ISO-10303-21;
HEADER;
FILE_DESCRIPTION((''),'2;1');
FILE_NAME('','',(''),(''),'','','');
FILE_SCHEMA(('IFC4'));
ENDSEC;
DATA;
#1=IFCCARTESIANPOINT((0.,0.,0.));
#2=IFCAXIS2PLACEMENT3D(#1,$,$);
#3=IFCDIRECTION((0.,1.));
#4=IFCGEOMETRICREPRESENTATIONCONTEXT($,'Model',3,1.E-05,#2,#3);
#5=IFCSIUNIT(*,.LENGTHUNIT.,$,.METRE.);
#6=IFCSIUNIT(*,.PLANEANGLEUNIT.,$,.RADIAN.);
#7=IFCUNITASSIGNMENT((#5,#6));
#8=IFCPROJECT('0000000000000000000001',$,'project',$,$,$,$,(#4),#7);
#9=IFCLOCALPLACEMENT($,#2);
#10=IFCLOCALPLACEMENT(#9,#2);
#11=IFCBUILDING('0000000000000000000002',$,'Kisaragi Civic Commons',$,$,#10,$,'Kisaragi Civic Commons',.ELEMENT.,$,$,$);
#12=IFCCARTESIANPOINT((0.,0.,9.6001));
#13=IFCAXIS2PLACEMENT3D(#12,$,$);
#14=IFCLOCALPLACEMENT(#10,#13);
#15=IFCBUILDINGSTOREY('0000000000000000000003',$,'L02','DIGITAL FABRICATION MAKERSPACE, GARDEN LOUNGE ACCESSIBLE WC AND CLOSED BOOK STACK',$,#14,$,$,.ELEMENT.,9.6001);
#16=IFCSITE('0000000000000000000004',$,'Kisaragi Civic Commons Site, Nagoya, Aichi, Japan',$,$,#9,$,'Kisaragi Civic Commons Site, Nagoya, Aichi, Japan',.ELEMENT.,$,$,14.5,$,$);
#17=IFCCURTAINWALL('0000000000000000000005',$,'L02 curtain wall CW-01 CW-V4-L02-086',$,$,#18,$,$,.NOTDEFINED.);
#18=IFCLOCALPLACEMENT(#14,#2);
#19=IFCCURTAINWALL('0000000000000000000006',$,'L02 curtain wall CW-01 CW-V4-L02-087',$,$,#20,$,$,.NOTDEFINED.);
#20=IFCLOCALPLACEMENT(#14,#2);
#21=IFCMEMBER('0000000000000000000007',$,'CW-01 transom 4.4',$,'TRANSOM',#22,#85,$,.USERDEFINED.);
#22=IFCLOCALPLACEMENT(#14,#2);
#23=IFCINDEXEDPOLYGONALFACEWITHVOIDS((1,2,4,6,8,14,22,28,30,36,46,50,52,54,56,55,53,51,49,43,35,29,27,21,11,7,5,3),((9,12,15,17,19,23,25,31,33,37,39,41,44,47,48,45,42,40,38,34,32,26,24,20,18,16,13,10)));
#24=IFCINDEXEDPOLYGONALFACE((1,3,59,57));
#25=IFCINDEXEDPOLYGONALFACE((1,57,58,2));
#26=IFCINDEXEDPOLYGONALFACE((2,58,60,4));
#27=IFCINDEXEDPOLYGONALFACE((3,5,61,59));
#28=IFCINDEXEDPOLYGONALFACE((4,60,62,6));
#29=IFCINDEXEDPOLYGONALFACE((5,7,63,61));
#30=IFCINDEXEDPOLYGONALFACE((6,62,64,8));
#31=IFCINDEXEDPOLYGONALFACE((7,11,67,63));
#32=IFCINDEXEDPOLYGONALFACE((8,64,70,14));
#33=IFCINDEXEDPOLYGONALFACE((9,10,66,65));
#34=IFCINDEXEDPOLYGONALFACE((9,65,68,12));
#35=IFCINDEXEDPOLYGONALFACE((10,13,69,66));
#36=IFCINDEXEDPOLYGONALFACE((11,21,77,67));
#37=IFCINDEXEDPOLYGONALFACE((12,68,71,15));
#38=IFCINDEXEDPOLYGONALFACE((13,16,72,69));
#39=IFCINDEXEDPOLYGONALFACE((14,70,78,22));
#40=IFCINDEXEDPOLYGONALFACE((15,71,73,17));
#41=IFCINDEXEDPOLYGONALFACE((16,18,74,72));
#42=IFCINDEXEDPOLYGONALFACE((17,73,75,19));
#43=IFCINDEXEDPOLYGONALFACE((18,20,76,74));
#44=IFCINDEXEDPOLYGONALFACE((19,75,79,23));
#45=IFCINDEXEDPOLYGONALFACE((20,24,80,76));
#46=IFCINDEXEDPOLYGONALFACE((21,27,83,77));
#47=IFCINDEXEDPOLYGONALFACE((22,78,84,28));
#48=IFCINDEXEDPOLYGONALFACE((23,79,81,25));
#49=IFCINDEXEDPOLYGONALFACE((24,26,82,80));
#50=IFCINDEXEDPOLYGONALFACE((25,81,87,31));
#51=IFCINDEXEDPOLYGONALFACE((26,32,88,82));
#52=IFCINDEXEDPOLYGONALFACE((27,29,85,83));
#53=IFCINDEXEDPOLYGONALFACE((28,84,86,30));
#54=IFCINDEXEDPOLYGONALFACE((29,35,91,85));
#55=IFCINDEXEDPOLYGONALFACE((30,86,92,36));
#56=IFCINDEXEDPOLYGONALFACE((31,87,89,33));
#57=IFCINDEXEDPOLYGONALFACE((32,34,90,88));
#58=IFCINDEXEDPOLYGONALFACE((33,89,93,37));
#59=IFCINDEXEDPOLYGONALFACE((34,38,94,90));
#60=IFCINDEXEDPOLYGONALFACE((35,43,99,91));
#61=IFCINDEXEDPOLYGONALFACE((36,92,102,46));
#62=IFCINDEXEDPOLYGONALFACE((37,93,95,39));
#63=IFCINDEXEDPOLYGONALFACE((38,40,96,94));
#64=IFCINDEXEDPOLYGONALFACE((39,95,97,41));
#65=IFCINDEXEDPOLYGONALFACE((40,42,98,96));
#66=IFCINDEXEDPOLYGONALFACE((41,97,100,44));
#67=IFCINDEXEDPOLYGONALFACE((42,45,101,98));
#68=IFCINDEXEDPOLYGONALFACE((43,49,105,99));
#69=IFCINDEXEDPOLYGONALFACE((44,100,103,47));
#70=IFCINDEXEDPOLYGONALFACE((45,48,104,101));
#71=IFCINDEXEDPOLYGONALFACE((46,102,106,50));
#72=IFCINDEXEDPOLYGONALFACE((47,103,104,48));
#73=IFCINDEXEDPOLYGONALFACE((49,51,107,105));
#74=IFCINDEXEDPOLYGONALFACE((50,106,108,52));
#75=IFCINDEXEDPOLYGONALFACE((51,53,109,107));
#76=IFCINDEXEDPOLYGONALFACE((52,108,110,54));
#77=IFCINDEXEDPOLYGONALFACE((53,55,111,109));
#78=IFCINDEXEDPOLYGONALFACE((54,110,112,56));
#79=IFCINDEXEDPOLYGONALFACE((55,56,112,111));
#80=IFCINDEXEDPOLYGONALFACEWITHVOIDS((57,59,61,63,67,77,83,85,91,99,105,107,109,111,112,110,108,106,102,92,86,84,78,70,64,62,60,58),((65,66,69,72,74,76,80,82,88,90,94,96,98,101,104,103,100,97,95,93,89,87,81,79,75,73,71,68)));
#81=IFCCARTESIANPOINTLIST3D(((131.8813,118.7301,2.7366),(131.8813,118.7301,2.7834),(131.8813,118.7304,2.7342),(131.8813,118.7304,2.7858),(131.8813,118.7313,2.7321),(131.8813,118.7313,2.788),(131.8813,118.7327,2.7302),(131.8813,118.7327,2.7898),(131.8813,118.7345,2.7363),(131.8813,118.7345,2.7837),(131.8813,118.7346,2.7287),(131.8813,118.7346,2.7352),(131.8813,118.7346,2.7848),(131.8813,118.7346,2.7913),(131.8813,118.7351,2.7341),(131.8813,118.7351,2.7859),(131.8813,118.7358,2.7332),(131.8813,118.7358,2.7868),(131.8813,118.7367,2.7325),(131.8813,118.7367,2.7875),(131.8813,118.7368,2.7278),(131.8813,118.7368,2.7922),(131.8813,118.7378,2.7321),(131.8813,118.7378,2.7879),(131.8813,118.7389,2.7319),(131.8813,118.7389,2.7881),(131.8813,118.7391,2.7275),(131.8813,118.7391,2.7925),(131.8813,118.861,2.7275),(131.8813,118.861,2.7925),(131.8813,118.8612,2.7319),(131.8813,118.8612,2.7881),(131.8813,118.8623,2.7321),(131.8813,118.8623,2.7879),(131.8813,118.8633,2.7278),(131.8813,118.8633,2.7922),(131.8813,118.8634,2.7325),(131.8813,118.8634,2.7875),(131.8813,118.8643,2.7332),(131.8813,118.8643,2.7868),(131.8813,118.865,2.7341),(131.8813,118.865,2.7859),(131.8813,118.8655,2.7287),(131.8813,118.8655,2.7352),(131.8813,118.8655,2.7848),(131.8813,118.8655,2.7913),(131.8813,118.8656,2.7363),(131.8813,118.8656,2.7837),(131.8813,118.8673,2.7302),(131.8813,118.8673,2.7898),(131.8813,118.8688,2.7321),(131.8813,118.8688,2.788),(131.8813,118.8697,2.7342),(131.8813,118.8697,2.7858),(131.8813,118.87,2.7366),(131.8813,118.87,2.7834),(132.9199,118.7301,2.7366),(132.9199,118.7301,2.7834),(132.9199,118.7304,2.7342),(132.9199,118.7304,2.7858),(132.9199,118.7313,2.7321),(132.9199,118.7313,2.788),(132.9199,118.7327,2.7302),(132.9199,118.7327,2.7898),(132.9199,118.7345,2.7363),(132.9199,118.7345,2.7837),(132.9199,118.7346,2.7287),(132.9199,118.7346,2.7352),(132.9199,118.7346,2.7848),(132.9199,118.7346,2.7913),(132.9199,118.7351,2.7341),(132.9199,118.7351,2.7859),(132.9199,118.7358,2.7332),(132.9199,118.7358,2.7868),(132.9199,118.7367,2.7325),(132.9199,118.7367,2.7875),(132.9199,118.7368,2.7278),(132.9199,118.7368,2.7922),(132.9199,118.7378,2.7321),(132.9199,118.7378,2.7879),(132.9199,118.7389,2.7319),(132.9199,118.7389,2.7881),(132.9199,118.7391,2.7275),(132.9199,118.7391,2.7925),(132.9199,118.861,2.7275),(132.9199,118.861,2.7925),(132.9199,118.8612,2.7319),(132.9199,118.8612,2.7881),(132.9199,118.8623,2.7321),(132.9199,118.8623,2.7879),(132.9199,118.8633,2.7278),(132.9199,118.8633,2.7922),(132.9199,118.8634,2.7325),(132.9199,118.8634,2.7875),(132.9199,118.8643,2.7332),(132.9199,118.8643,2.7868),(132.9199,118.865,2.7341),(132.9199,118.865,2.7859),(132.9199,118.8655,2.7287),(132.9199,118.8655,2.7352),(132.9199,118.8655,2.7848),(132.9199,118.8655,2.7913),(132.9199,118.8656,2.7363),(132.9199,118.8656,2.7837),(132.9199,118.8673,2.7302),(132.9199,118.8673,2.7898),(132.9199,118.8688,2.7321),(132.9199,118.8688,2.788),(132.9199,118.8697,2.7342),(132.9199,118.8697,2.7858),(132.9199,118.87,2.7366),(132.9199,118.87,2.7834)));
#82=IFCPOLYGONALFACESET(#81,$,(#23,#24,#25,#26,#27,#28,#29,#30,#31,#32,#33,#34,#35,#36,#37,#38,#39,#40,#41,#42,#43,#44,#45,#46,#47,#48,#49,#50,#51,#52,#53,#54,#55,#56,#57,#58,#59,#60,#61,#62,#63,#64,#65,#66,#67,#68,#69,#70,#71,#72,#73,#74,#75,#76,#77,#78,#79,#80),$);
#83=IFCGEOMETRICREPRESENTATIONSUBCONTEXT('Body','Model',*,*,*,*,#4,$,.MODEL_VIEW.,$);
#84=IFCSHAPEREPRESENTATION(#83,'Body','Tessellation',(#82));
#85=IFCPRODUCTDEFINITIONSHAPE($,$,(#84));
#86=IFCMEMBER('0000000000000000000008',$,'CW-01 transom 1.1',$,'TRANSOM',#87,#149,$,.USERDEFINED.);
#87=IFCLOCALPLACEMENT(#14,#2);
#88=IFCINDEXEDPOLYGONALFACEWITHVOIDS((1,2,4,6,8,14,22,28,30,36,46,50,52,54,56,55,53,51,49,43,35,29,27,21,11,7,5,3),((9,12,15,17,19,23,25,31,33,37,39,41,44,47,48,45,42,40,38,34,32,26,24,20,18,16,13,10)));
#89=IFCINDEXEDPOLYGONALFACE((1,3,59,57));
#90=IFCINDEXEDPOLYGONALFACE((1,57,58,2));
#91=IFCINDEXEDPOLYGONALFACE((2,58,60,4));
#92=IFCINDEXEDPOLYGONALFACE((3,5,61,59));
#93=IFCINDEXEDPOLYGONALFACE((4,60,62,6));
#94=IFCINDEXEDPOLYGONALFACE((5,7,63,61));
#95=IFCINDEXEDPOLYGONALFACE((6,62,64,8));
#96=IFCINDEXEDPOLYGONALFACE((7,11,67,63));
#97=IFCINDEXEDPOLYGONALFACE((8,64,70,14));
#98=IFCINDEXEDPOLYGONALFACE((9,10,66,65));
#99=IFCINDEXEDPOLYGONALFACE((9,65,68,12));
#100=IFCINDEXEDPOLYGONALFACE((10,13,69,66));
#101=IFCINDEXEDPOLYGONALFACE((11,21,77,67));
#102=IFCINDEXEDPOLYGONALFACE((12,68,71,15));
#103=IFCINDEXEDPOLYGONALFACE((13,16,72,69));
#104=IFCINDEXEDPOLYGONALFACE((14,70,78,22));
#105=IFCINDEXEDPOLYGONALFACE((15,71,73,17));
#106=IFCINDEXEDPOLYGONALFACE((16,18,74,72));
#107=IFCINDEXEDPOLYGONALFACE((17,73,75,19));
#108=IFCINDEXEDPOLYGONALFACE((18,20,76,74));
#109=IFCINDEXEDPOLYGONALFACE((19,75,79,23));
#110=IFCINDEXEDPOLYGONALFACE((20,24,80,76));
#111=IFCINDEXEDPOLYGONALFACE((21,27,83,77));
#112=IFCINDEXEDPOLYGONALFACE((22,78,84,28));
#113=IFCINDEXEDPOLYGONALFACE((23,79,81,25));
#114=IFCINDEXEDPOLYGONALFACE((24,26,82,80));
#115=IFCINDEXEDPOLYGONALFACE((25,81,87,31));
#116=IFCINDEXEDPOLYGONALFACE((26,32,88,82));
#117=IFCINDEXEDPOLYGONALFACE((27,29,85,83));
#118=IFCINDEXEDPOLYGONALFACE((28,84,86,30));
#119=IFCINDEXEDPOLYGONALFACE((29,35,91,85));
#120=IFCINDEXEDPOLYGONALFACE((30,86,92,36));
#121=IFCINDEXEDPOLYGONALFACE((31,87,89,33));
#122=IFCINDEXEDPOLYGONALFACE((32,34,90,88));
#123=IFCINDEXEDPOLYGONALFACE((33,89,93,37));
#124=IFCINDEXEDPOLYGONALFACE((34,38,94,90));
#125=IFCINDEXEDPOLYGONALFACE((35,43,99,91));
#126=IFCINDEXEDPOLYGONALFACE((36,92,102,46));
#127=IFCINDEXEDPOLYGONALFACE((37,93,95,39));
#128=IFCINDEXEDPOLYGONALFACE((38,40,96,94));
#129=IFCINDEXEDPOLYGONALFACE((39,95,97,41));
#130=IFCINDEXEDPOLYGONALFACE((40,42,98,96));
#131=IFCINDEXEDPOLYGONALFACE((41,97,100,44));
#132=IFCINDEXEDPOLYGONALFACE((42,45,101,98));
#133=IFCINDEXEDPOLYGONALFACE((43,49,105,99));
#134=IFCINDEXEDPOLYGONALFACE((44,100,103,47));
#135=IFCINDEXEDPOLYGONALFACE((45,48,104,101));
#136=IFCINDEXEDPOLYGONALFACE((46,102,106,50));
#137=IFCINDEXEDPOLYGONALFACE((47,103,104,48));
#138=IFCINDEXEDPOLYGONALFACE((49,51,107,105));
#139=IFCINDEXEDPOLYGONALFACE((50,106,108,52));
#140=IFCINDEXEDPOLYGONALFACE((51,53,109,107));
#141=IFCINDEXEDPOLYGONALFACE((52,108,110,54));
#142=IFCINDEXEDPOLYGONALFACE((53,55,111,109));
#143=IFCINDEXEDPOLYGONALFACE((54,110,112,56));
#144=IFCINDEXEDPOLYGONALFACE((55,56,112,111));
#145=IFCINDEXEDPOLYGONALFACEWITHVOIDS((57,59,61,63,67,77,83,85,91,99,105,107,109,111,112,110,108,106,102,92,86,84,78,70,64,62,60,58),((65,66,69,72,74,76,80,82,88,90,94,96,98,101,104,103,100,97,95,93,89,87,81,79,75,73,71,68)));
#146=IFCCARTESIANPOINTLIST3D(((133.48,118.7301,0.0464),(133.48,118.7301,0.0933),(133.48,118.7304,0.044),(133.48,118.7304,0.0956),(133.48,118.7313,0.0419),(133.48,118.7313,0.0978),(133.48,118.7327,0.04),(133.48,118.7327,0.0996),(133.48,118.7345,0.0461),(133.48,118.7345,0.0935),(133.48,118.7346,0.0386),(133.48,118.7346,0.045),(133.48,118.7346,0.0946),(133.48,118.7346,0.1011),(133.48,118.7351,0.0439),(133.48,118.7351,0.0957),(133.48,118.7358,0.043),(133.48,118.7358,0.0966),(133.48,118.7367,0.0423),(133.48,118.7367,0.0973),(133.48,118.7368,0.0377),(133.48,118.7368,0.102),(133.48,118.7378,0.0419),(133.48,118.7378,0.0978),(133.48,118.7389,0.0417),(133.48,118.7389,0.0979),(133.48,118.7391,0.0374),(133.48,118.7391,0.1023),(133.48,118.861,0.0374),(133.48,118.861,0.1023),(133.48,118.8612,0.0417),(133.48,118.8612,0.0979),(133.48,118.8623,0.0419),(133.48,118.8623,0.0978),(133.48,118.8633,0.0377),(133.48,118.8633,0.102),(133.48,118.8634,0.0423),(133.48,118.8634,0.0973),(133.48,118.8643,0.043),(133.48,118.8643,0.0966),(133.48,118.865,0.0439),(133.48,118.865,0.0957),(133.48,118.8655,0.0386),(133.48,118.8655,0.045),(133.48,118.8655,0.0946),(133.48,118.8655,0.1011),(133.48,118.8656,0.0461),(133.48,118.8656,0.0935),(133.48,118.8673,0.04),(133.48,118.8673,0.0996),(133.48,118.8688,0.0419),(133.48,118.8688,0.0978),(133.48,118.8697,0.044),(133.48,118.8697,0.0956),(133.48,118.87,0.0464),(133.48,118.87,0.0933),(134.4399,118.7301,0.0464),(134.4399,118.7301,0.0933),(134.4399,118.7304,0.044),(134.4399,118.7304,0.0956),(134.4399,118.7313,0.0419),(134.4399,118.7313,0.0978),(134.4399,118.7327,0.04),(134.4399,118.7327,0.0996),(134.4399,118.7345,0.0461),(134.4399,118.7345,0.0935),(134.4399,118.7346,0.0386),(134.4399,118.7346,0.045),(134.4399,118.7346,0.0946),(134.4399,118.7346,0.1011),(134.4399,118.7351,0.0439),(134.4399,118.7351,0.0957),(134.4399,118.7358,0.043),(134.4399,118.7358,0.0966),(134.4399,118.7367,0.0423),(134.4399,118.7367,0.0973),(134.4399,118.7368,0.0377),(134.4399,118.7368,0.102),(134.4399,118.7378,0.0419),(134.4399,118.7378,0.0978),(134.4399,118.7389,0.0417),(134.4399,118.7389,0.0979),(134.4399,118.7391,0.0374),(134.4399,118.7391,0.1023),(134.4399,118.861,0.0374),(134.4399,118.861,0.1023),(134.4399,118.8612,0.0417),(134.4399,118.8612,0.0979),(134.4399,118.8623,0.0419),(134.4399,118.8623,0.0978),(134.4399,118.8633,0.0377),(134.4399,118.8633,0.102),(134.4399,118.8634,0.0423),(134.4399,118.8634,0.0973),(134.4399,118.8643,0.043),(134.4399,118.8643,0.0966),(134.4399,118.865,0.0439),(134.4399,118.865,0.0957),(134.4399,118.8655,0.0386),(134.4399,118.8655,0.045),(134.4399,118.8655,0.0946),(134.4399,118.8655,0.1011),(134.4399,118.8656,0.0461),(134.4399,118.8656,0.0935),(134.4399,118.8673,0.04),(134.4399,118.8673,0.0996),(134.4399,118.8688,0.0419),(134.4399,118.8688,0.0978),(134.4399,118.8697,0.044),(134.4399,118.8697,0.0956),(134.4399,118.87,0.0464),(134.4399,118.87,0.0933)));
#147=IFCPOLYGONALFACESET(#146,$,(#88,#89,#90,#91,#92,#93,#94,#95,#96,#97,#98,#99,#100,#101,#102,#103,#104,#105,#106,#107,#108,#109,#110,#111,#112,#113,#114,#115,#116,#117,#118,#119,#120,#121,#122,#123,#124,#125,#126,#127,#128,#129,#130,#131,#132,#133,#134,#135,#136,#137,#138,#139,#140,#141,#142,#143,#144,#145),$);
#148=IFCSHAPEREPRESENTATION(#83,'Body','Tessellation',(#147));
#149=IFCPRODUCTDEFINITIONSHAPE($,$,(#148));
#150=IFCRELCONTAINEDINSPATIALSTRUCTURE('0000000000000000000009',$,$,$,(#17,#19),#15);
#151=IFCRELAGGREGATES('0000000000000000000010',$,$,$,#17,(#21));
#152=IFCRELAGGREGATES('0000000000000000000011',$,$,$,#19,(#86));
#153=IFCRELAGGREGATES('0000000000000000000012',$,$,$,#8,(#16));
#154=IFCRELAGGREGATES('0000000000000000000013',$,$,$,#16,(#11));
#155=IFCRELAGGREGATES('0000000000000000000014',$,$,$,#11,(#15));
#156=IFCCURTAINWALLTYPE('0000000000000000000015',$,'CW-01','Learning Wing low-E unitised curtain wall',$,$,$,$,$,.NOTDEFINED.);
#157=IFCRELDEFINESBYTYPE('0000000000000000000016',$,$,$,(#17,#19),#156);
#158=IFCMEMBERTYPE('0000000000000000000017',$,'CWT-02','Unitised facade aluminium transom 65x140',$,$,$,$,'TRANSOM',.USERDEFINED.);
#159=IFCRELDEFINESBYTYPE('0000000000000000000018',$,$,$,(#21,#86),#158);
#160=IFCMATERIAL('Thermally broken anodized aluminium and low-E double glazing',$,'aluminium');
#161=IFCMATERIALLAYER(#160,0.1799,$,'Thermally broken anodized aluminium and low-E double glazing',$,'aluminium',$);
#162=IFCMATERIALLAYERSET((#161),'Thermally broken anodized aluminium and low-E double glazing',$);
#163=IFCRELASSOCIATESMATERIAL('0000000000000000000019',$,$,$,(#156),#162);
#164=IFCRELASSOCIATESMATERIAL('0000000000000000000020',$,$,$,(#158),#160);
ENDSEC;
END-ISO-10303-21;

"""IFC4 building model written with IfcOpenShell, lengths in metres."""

from ifc_helpers import new_model, si_unit, direction, frame, origin, origin_2d, place, context, subcontext, project, spatial, hollow_rectangle, extrude, material, layer, layer_set, material_profile, profile_set, type_object, element, aggregate, save


model = new_model("IFC4")

# Units and contexts
model_context = context("Model", 3, precision=1e-05, world=origin(), true_north=direction((0.0, 1.0)))
body_context = subcontext(model_context, "Body", "Model", "MODEL_VIEW")
ifc_project = project(units=[si_unit("LENGTHUNIT", "METRE"), si_unit("PLANEANGLEUNIT", "RADIAN")], contexts=[model_context])

# Site, building, storey
site_placement = place(None, origin())
site = spatial("IfcSite", under=ifc_project, at=site_placement, Name="Kisaragi Civic Commons Site, Nagoya, Aichi, Japan", LongName="Kisaragi Civic Commons Site, Nagoya, Aichi, Japan", CompositionType="ELEMENT", RefElevation=14.5)
building_placement = place(site_placement, origin())
building = spatial("IfcBuilding", under=site, at=building_placement, Name="Kisaragi Civic Commons", LongName="Kisaragi Civic Commons", CompositionType="ELEMENT")
storey_placement = place(building_placement, frame((0.0, 0.0, 9.6001)))
storey = spatial("IfcBuildingStorey", under=building, at=storey_placement, Name="L02", Description="DIGITAL FABRICATION MAKERSPACE, GARDEN LOUNGE ACCESSIBLE WC AND CLOSED BOOK STACK", CompositionType="ELEMENT", Elevation=9.6001)

# Curtain walls
ifc_material_1 = material(Name="Thermally broken anodized aluminium and low-E double glazing", Category="aluminium")
ifc_layer_1 = layer(ifc_material_1, 0.1799, Name="Thermally broken anodized aluminium and low-E double glazing", Category="aluminium")
ifc_layer_set_1 = layer_set([ifc_layer_1], Name="Thermally broken anodized aluminium and low-E double glazing")
curtain_wall_type = type_object("IfcCurtainWallType", Name="CW-01", Description="Learning Wing low-E unitised curtain wall", PredefinedType="NOTDEFINED", material=ifc_layer_set_1)
curtain_wall_1_placement = place(storey_placement, origin())
curtain_wall_1 = element("IfcCurtainWall", 1, at=curtain_wall_1_placement, inside=storey, type_object=curtain_wall_type, Name="L02 curtain wall CW-01 CW-V4-L02-086", PredefinedType="NOTDEFINED")
curtain_wall_2_placement = place(storey_placement, origin())
curtain_wall_2 = element("IfcCurtainWall", 2, at=curtain_wall_2_placement, inside=storey, type_object=curtain_wall_type, Name="L02 curtain wall CW-01 CW-V4-L02-087", PredefinedType="NOTDEFINED")

# Members
ifc_material_profile_1 = material_profile(ifc_material_1, hollow_rectangle(XDim=0.1399, YDim=0.0649, WallThickness=0.0044, InnerFilletRadius=0.0044, OuterFilletRadius=0.009, at=origin_2d()), Name="CWT-65x140x4.5", Category="aluminium")
ifc_profile_set_1 = profile_set([ifc_material_profile_1], Name="Thermally broken anodized aluminium and low-E double glazing")
member_type_1 = type_object("IfcMemberType", Name="CWT-02", Description="Unitised facade aluminium transom 65x140", ElementType="TRANSOM", PredefinedType="USERDEFINED", material=ifc_profile_set_1)
member_1_placement = place(storey_placement, frame((131.8813, 118.8, 2.76), z_axis=(1.0, 0.0, 0.0), x_axis=(0.0, 1.0, 0.0)))
member_1 = element("IfcMember", 3, at=member_1_placement, type_object=member_type_1, Name="CW-01 transom 4.4", ObjectType="TRANSOM", PredefinedType="USERDEFINED", context=body_context, shape_type="SweptSolid", body=[
    extrude(hollow_rectangle(XDim=0.1399, YDim=0.0649, WallThickness=0.0044, InnerFilletRadius=0.0044, OuterFilletRadius=0.009, at=origin_2d()), origin(), (0.0, 0.0, 1.0), 1.0386),
])
member_2_placement = place(storey_placement, frame((133.48, 118.8, 0.0698), z_axis=(1.0, 0.0, 0.0), x_axis=(0.0, 1.0, 0.0)))
member_2 = element("IfcMember", 4, at=member_2_placement, type_object=member_type_1, Name="CW-01 transom 1.1", ObjectType="TRANSOM", PredefinedType="USERDEFINED", context=body_context, shape_type="SweptSolid", body=[
    extrude(hollow_rectangle(XDim=0.1399, YDim=0.0649, WallThickness=0.0044, InnerFilletRadius=0.0044, OuterFilletRadius=0.009, at=origin_2d()), origin(), (0.0, 0.0, 1.0), 0.96),
])

aggregate(curtain_wall_1, [member_1])
aggregate(curtain_wall_2, [member_2])

save(model, "model.ifc")
